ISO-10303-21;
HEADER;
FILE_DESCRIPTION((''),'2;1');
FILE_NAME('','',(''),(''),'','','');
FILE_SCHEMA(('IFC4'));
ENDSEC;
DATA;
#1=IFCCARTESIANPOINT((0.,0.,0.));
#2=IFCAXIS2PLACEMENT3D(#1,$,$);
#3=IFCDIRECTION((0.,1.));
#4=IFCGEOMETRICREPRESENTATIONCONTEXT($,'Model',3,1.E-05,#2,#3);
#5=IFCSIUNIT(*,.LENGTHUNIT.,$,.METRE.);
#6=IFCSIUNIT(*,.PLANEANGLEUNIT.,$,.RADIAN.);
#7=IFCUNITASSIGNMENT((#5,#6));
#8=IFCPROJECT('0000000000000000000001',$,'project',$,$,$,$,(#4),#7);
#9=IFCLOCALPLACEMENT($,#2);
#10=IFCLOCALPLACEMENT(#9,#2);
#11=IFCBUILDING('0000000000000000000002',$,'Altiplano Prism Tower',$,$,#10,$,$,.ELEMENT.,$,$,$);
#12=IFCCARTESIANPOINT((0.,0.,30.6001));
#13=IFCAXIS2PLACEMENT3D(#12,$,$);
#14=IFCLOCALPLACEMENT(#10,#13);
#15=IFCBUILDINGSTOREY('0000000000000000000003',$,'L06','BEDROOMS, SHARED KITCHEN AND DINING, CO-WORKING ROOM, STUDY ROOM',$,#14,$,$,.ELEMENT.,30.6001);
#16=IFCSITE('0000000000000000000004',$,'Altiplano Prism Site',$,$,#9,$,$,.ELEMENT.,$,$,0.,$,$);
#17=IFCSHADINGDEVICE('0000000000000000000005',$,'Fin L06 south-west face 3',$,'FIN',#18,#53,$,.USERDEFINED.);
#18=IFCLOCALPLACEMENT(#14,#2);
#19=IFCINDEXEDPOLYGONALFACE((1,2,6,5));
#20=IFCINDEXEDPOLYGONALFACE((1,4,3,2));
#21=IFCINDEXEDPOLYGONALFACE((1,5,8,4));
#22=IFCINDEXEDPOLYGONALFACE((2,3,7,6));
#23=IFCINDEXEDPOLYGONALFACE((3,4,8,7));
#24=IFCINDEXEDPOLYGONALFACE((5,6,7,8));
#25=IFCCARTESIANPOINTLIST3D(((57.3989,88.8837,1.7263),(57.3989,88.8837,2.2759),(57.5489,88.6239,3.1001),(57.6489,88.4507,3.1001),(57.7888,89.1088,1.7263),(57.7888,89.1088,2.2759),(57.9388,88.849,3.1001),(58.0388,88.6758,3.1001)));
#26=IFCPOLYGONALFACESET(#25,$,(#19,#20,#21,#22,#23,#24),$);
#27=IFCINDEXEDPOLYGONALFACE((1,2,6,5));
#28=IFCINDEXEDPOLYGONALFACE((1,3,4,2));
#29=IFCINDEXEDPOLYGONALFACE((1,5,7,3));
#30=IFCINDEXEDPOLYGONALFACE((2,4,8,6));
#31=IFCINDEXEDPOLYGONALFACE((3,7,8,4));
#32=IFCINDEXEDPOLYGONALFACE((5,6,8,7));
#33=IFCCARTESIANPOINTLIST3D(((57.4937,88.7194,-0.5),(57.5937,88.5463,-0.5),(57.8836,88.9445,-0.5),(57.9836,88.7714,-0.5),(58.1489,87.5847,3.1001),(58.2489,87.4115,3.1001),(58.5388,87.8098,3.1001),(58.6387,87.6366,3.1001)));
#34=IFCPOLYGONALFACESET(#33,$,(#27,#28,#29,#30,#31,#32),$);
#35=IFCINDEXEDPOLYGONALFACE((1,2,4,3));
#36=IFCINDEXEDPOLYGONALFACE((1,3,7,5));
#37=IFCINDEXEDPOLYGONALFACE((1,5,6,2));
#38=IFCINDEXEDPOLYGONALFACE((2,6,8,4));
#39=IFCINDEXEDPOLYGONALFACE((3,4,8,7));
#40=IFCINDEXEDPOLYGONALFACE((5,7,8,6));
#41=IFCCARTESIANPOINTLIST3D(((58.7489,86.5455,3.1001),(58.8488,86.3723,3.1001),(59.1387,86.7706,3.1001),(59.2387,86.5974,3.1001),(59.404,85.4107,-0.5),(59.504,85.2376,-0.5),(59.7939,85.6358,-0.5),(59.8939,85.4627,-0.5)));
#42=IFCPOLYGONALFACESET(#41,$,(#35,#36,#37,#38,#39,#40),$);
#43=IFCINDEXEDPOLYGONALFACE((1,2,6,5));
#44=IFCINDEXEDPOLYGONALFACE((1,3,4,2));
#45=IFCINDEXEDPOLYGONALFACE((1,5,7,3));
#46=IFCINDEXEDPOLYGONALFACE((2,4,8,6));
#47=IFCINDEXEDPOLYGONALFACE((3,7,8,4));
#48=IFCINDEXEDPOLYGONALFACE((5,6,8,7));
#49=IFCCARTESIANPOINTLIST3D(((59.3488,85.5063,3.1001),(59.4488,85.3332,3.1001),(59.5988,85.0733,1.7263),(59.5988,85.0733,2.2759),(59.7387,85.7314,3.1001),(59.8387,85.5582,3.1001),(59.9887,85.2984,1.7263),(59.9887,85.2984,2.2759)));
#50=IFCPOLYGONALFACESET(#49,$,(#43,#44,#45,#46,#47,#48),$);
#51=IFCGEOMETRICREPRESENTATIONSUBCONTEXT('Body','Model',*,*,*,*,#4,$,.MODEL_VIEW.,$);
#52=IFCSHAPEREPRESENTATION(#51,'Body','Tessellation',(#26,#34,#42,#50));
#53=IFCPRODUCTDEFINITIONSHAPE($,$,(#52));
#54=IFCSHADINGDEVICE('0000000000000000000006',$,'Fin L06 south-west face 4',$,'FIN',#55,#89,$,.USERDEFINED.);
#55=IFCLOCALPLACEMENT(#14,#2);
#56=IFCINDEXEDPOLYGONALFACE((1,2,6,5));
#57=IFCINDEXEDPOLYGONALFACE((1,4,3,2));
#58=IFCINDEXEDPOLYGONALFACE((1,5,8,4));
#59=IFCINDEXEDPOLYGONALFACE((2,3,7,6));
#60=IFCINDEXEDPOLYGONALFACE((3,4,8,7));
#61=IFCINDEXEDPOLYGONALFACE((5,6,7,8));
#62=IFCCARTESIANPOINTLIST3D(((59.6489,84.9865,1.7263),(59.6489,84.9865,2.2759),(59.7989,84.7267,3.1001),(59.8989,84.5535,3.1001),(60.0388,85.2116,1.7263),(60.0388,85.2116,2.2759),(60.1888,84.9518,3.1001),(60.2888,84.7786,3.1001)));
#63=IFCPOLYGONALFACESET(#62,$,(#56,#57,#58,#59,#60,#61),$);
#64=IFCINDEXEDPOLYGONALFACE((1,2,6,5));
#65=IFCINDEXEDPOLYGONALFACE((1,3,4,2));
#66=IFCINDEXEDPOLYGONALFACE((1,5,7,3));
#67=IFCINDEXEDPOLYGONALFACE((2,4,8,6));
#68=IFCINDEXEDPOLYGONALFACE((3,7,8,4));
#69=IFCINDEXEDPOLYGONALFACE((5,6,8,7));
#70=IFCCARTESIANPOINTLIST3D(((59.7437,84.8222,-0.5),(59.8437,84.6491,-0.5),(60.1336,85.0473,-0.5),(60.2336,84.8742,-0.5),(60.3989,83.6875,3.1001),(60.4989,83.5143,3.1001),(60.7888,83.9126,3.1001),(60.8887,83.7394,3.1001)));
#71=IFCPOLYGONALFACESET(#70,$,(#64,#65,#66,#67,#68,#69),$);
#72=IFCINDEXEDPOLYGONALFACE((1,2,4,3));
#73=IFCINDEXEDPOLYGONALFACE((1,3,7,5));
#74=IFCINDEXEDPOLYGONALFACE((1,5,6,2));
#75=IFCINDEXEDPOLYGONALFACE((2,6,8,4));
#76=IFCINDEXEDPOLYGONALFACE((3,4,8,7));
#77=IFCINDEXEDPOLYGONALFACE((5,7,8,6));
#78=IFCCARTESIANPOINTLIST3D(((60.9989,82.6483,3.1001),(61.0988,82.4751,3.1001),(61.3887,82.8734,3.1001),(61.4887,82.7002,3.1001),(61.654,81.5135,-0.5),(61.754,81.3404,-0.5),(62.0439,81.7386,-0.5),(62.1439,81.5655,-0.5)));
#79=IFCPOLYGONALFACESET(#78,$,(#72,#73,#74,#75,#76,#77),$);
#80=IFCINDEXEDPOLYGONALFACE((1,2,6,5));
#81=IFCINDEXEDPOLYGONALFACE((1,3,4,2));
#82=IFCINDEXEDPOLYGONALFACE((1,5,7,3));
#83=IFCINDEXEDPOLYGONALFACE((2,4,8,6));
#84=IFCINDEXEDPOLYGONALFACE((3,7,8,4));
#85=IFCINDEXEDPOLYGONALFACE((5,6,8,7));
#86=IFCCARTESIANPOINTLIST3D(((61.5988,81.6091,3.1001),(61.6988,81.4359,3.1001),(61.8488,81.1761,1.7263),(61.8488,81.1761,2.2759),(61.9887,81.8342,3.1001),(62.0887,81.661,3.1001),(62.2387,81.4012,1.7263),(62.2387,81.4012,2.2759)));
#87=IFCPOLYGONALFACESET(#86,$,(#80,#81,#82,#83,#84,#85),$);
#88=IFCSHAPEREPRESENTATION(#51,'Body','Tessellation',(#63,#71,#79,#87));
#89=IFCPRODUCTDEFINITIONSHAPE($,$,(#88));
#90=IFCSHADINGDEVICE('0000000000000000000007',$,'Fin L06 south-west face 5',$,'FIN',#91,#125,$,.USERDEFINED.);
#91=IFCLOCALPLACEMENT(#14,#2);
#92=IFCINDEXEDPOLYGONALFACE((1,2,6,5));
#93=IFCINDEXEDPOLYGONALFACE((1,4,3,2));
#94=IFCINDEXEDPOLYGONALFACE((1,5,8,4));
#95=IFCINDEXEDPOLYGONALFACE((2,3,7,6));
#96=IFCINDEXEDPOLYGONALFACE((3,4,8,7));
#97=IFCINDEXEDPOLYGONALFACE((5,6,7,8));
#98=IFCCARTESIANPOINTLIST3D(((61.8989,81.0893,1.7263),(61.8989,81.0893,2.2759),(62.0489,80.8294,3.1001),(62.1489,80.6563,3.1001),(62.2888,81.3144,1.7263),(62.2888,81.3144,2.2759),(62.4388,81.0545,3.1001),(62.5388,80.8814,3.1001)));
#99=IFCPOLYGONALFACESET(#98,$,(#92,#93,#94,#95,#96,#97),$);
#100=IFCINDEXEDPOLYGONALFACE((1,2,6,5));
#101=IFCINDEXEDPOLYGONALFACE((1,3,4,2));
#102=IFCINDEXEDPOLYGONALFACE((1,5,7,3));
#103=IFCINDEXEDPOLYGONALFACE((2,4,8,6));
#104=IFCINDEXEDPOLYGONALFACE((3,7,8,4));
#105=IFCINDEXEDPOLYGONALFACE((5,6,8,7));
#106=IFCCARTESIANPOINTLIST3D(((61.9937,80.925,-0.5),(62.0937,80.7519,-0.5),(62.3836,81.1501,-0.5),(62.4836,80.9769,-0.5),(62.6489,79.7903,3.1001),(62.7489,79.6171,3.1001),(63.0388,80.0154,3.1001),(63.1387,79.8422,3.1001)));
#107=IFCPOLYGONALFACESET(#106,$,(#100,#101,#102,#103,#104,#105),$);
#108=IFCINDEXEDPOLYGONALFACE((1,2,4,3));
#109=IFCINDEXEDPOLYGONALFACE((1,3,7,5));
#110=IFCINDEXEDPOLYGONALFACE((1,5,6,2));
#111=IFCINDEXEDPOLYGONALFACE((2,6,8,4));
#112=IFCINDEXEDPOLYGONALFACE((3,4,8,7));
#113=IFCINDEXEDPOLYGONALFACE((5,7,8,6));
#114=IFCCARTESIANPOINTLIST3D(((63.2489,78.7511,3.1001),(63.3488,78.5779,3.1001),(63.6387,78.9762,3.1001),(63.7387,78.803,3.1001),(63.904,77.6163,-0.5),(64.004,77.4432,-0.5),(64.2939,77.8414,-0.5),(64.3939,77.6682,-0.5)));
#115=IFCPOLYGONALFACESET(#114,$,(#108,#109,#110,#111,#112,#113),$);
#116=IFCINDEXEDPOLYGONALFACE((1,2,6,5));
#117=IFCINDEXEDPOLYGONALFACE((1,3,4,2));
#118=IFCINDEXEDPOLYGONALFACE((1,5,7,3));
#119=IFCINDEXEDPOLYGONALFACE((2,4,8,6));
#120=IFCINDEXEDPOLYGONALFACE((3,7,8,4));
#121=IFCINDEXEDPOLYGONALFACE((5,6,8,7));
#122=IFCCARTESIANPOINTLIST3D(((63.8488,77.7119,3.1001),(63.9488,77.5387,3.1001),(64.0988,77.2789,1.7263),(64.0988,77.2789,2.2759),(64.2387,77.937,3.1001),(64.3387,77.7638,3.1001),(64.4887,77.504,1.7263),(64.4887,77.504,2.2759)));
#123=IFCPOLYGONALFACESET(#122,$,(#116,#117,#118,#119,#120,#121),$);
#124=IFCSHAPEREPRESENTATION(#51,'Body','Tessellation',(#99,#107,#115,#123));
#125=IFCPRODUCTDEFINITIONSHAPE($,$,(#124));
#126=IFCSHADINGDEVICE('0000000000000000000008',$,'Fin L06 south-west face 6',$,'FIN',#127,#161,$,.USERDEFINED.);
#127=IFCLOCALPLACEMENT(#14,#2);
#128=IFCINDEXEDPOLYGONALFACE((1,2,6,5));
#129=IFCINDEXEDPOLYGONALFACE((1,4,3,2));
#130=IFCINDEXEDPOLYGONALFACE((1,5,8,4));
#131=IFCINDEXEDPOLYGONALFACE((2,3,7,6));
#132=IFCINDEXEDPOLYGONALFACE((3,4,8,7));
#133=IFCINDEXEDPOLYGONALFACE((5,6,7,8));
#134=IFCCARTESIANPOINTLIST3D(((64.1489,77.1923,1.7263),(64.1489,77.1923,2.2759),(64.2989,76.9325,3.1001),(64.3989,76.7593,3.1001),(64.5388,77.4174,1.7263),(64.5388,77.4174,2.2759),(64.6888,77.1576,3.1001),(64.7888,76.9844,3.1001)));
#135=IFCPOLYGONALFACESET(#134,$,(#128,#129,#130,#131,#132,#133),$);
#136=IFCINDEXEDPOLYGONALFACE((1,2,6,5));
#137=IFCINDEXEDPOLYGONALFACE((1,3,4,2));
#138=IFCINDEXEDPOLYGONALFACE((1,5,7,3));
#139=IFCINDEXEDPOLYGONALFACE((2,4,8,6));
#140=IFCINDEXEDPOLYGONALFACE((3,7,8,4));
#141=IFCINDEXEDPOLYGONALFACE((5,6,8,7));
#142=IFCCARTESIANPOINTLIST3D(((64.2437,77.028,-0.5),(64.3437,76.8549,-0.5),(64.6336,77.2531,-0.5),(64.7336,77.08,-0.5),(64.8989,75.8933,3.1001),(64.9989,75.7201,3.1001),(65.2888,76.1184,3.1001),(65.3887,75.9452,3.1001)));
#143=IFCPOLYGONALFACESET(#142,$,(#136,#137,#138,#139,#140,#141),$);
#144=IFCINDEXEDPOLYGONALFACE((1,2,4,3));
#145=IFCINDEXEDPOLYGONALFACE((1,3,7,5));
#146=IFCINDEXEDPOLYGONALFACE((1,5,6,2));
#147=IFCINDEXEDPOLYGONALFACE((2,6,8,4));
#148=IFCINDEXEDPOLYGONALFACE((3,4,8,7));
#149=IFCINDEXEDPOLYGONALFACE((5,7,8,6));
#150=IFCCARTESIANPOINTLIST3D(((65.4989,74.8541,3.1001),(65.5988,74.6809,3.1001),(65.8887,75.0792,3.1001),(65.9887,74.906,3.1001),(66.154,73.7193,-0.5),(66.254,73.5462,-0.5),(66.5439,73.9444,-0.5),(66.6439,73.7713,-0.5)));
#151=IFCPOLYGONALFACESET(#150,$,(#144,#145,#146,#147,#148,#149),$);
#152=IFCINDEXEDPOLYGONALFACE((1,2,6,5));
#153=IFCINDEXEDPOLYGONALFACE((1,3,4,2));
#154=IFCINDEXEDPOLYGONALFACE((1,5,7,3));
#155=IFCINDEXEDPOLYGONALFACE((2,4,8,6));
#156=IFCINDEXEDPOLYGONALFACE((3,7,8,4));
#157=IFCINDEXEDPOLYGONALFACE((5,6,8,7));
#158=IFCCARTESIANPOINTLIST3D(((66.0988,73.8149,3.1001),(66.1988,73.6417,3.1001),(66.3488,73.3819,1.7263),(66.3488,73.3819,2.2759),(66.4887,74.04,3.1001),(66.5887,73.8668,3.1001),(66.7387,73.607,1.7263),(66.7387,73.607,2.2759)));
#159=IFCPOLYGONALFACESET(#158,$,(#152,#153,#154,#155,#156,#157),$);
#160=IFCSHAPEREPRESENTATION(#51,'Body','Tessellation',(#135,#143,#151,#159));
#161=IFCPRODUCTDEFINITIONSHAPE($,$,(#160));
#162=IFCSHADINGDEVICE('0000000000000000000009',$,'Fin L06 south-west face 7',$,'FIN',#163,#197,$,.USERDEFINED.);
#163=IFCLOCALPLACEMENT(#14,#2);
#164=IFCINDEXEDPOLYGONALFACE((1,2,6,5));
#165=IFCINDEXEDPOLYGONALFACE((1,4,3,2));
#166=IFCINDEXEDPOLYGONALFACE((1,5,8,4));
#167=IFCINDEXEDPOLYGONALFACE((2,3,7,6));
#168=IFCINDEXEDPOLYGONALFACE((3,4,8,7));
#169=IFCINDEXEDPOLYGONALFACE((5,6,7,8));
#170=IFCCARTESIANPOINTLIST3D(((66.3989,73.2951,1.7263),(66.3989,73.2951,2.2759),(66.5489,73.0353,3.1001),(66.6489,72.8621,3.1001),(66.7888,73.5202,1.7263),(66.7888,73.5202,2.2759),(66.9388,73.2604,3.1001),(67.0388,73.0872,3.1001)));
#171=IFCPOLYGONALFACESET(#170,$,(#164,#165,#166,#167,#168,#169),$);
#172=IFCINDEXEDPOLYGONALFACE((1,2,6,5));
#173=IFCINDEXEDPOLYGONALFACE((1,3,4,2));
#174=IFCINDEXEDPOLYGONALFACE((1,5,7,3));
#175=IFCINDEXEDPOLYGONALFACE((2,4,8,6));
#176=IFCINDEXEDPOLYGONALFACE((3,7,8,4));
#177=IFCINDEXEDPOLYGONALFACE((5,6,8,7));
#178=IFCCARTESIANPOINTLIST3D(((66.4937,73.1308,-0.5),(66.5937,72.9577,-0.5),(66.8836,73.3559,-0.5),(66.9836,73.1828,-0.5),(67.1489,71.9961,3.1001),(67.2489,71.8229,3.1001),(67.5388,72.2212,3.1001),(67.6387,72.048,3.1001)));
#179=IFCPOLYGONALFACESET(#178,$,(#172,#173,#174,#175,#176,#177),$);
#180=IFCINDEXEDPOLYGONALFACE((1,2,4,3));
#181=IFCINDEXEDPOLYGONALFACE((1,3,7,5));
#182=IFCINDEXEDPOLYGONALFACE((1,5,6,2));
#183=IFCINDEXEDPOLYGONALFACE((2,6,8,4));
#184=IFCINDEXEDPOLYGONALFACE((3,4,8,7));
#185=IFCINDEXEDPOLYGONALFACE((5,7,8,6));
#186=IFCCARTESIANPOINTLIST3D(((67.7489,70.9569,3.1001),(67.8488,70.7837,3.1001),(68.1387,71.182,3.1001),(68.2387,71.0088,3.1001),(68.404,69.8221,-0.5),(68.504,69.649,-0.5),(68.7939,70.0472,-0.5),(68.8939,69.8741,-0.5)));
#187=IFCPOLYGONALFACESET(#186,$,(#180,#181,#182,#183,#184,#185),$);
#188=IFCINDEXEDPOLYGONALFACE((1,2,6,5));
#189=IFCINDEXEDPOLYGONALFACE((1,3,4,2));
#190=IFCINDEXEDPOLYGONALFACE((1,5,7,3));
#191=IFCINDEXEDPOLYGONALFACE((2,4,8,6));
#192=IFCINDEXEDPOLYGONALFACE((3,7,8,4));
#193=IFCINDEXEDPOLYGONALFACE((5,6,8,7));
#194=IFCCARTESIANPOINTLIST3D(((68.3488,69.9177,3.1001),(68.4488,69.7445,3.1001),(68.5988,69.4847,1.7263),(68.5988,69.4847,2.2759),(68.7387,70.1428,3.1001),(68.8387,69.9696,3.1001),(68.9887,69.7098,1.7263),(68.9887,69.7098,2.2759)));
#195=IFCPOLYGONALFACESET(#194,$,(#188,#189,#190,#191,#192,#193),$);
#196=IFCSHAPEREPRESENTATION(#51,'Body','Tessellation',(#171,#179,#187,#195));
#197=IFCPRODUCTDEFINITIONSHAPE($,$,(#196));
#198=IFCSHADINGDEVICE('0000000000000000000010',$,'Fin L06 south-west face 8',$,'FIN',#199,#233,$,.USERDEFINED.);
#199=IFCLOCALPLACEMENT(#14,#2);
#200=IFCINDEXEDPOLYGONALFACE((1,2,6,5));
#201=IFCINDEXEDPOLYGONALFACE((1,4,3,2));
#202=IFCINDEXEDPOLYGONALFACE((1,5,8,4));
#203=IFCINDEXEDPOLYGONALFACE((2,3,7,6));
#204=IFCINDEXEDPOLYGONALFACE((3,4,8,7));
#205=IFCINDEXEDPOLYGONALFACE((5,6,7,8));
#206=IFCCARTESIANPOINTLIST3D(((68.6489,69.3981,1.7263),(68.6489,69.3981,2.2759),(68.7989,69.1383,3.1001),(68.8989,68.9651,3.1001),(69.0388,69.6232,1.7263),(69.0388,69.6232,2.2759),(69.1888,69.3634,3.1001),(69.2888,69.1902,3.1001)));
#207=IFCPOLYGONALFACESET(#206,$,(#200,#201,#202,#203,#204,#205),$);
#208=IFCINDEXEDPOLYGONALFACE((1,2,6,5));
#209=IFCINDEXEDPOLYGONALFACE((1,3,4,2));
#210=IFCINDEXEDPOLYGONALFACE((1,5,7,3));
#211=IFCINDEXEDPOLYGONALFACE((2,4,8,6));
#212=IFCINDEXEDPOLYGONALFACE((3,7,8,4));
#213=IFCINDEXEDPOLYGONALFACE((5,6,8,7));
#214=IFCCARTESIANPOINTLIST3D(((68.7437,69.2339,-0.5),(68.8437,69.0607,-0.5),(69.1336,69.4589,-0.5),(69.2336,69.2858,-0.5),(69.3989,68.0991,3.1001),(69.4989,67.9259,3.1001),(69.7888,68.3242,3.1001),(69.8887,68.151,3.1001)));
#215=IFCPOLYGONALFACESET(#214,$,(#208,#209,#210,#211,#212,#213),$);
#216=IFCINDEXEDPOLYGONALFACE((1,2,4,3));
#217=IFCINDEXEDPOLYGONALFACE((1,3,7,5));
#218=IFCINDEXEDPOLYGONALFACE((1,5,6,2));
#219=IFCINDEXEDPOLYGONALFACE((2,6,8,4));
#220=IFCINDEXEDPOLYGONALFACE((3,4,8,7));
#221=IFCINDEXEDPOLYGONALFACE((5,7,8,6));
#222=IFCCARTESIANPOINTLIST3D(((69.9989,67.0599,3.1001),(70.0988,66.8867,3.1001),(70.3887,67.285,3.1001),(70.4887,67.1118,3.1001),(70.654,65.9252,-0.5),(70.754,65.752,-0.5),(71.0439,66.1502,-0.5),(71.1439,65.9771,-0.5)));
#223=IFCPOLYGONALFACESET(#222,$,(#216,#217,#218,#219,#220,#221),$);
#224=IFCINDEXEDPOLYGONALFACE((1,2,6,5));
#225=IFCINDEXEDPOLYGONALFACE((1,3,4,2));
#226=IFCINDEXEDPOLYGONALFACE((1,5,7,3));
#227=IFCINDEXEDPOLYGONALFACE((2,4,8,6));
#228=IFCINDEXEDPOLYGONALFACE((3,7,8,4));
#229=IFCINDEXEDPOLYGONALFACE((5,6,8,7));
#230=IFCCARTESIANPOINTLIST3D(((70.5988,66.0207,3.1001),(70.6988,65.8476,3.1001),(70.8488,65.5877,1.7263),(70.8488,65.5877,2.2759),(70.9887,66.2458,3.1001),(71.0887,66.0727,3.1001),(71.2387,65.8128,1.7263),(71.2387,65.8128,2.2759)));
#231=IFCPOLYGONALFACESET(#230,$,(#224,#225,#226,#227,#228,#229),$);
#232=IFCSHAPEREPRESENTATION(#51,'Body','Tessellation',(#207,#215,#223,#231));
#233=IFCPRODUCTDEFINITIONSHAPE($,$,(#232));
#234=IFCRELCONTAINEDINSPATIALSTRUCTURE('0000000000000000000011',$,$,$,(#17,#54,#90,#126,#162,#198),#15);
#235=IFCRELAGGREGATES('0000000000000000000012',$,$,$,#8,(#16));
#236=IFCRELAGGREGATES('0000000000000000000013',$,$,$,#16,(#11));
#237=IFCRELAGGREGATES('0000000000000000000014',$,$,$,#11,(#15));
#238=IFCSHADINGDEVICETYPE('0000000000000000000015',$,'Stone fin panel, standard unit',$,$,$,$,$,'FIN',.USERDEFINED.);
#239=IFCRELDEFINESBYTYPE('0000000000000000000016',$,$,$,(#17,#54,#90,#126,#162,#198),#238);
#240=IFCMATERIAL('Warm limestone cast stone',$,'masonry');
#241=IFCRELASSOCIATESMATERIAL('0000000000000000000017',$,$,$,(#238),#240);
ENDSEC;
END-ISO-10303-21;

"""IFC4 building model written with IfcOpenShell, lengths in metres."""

from ifc_helpers import new_model, si_unit, direction, frame, origin, place, context, subcontext, project, spatial, polyline, outline, extrude, source, transform, mapped, material, type_object, element, save


model = new_model("IFC4")

# Units and contexts
model_context = context("Model", 3, precision=1e-05, world=origin(), true_north=direction((0.0, 1.0)))
body_context = subcontext(model_context, "Body", "Model", "MODEL_VIEW")
ifc_project = project(units=[si_unit("LENGTHUNIT", "METRE"), si_unit("PLANEANGLEUNIT", "RADIAN")], contexts=[model_context])

# Site, building, storey
site_placement = place(None, origin())
site = spatial("IfcSite", under=ifc_project, at=site_placement, Name="Altiplano Prism Site", CompositionType="ELEMENT", RefElevation=0.0)
building_placement = place(site_placement, origin())
building = spatial("IfcBuilding", under=site, at=building_placement, Name="Altiplano Prism Tower", CompositionType="ELEMENT")
storey_placement = place(building_placement, frame((0.0, 0.0, 30.6001)))
storey = spatial("IfcBuildingStorey", under=building, at=storey_placement, Name="L06", Description="BEDROOMS, SHARED KITCHEN AND DINING, CO-WORKING ROOM, STUDY ROOM", CompositionType="ELEMENT", Elevation=30.6001)

# Shading devices
ifc_material_1 = material(Name="Warm limestone cast stone", Category="masonry")
shading_device_type_1 = type_object("IfcShadingDeviceType", Name="Stone fin panel, standard unit", ElementType="FIN", PredefinedType="USERDEFINED", material=ifc_material_1)
shared_shape_1 = source(origin(), body_context, "Body", "SweptSolid", [
    extrude(outline(polyline([(-2.2, 2.2263), (-1.7, 3.6001), (-1.8999, 3.6001), (-2.2, 2.7759), (-2.2, 2.2263)])), frame((0.0, -0.1499, 0.0), z_axis=(0.0, -1.0, 0.0), x_axis=(1.0, 0.0, 0.0)), (0.0, 0.0, 1.0), 0.4502),
    extrude(outline(polyline([(-2.0103, 0.0), (-1.8103, 0.0), (-0.5, 3.6001), (-0.7, 3.6001), (-2.0103, 0.0)])), frame((0.0, -0.1499, 0.0), z_axis=(0.0, -1.0, 0.0), x_axis=(1.0, 0.0, 0.0)), (0.0, 0.0, 1.0), 0.4502),
    extrude(outline(polyline([(1.8103, 0.0), (2.0103, 0.0), (0.7, 3.6001), (0.5, 3.6001), (1.8103, 0.0)])), frame((0.0, -0.1499, 0.0), z_axis=(0.0, -1.0, 0.0), x_axis=(1.0, 0.0, 0.0)), (0.0, 0.0, 1.0), 0.4502),
    extrude(outline(polyline([(2.2, 2.7759), (1.8999, 3.6001), (1.7, 3.6001), (2.2, 2.2263), (2.2, 2.7759)])), frame((0.0, -0.1499, 0.0), z_axis=(0.0, -1.0, 0.0), x_axis=(1.0, 0.0, 0.0)), (0.0, 0.0, 1.0), 0.4502),
])
shading_device_1_placement = place(storey_placement, origin())
element("IfcShadingDevice", 1, at=shading_device_1_placement, inside=storey, type_object=shading_device_type_1, Name="Fin L06 south-west face 3", ObjectType="FIN", PredefinedType="USERDEFINED", context=body_context, shape_type="MappedRepresentation", body=[
    mapped(shared_shape_1, transform((59.0186, 87.2786, -0.5), x_axis=(0.5, -0.866025, 0.0), y_axis=(0.866025, 0.5, 0.0), z_axis=(0.0, 0.0, 1.0))),
])
shading_device_2_placement = place(storey_placement, origin())
element("IfcShadingDevice", 2, at=shading_device_2_placement, inside=storey, type_object=shading_device_type_1, Name="Fin L06 south-west face 4", ObjectType="FIN", PredefinedType="USERDEFINED", context=body_context, shape_type="MappedRepresentation", body=[
    mapped(shared_shape_1, transform((61.2686, 83.3813, -0.5), x_axis=(0.5, -0.866025, 0.0), y_axis=(0.866025, 0.5, 0.0), z_axis=(0.0, 0.0, 1.0))),
])
shading_device_3_placement = place(storey_placement, origin())
element("IfcShadingDevice", 3, at=shading_device_3_placement, inside=storey, type_object=shading_device_type_1, Name="Fin L06 south-west face 5", ObjectType="FIN", PredefinedType="USERDEFINED", context=body_context, shape_type="MappedRepresentation", body=[
    mapped(shared_shape_1, transform((63.5186, 79.4841, -0.5), x_axis=(0.5, -0.866025, 0.0), y_axis=(0.866025, 0.5, 0.0), z_axis=(0.0, 0.0, 1.0))),
])
shading_device_4_placement = place(storey_placement, origin())
element("IfcShadingDevice", 4, at=shading_device_4_placement, inside=storey, type_object=shading_device_type_1, Name="Fin L06 south-west face 6", ObjectType="FIN", PredefinedType="USERDEFINED", context=body_context, shape_type="MappedRepresentation", body=[
    mapped(shared_shape_1, transform((65.7686, 75.5872, -0.5), x_axis=(0.5, -0.866025, 0.0), y_axis=(0.866025, 0.5, 0.0), z_axis=(0.0, 0.0, 1.0))),
])
shading_device_5_placement = place(storey_placement, origin())
element("IfcShadingDevice", 5, at=shading_device_5_placement, inside=storey, type_object=shading_device_type_1, Name="Fin L06 south-west face 7", ObjectType="FIN", PredefinedType="USERDEFINED", context=body_context, shape_type="MappedRepresentation", body=[
    mapped(shared_shape_1, transform((68.0186, 71.6899, -0.5), x_axis=(0.5, -0.866025, 0.0), y_axis=(0.866025, 0.5, 0.0), z_axis=(0.0, 0.0, 1.0))),
])
shading_device_6_placement = place(storey_placement, origin())
element("IfcShadingDevice", 6, at=shading_device_6_placement, inside=storey, type_object=shading_device_type_1, Name="Fin L06 south-west face 8", ObjectType="FIN", PredefinedType="USERDEFINED", context=body_context, shape_type="MappedRepresentation", body=[
    mapped(shared_shape_1, transform((70.2686, 67.793, -0.5), x_axis=(0.5, -0.866025, 0.0), y_axis=(0.866025, 0.5, 0.0), z_axis=(0.0, 0.0, 1.0))),
])

save(model, "model.ifc")
